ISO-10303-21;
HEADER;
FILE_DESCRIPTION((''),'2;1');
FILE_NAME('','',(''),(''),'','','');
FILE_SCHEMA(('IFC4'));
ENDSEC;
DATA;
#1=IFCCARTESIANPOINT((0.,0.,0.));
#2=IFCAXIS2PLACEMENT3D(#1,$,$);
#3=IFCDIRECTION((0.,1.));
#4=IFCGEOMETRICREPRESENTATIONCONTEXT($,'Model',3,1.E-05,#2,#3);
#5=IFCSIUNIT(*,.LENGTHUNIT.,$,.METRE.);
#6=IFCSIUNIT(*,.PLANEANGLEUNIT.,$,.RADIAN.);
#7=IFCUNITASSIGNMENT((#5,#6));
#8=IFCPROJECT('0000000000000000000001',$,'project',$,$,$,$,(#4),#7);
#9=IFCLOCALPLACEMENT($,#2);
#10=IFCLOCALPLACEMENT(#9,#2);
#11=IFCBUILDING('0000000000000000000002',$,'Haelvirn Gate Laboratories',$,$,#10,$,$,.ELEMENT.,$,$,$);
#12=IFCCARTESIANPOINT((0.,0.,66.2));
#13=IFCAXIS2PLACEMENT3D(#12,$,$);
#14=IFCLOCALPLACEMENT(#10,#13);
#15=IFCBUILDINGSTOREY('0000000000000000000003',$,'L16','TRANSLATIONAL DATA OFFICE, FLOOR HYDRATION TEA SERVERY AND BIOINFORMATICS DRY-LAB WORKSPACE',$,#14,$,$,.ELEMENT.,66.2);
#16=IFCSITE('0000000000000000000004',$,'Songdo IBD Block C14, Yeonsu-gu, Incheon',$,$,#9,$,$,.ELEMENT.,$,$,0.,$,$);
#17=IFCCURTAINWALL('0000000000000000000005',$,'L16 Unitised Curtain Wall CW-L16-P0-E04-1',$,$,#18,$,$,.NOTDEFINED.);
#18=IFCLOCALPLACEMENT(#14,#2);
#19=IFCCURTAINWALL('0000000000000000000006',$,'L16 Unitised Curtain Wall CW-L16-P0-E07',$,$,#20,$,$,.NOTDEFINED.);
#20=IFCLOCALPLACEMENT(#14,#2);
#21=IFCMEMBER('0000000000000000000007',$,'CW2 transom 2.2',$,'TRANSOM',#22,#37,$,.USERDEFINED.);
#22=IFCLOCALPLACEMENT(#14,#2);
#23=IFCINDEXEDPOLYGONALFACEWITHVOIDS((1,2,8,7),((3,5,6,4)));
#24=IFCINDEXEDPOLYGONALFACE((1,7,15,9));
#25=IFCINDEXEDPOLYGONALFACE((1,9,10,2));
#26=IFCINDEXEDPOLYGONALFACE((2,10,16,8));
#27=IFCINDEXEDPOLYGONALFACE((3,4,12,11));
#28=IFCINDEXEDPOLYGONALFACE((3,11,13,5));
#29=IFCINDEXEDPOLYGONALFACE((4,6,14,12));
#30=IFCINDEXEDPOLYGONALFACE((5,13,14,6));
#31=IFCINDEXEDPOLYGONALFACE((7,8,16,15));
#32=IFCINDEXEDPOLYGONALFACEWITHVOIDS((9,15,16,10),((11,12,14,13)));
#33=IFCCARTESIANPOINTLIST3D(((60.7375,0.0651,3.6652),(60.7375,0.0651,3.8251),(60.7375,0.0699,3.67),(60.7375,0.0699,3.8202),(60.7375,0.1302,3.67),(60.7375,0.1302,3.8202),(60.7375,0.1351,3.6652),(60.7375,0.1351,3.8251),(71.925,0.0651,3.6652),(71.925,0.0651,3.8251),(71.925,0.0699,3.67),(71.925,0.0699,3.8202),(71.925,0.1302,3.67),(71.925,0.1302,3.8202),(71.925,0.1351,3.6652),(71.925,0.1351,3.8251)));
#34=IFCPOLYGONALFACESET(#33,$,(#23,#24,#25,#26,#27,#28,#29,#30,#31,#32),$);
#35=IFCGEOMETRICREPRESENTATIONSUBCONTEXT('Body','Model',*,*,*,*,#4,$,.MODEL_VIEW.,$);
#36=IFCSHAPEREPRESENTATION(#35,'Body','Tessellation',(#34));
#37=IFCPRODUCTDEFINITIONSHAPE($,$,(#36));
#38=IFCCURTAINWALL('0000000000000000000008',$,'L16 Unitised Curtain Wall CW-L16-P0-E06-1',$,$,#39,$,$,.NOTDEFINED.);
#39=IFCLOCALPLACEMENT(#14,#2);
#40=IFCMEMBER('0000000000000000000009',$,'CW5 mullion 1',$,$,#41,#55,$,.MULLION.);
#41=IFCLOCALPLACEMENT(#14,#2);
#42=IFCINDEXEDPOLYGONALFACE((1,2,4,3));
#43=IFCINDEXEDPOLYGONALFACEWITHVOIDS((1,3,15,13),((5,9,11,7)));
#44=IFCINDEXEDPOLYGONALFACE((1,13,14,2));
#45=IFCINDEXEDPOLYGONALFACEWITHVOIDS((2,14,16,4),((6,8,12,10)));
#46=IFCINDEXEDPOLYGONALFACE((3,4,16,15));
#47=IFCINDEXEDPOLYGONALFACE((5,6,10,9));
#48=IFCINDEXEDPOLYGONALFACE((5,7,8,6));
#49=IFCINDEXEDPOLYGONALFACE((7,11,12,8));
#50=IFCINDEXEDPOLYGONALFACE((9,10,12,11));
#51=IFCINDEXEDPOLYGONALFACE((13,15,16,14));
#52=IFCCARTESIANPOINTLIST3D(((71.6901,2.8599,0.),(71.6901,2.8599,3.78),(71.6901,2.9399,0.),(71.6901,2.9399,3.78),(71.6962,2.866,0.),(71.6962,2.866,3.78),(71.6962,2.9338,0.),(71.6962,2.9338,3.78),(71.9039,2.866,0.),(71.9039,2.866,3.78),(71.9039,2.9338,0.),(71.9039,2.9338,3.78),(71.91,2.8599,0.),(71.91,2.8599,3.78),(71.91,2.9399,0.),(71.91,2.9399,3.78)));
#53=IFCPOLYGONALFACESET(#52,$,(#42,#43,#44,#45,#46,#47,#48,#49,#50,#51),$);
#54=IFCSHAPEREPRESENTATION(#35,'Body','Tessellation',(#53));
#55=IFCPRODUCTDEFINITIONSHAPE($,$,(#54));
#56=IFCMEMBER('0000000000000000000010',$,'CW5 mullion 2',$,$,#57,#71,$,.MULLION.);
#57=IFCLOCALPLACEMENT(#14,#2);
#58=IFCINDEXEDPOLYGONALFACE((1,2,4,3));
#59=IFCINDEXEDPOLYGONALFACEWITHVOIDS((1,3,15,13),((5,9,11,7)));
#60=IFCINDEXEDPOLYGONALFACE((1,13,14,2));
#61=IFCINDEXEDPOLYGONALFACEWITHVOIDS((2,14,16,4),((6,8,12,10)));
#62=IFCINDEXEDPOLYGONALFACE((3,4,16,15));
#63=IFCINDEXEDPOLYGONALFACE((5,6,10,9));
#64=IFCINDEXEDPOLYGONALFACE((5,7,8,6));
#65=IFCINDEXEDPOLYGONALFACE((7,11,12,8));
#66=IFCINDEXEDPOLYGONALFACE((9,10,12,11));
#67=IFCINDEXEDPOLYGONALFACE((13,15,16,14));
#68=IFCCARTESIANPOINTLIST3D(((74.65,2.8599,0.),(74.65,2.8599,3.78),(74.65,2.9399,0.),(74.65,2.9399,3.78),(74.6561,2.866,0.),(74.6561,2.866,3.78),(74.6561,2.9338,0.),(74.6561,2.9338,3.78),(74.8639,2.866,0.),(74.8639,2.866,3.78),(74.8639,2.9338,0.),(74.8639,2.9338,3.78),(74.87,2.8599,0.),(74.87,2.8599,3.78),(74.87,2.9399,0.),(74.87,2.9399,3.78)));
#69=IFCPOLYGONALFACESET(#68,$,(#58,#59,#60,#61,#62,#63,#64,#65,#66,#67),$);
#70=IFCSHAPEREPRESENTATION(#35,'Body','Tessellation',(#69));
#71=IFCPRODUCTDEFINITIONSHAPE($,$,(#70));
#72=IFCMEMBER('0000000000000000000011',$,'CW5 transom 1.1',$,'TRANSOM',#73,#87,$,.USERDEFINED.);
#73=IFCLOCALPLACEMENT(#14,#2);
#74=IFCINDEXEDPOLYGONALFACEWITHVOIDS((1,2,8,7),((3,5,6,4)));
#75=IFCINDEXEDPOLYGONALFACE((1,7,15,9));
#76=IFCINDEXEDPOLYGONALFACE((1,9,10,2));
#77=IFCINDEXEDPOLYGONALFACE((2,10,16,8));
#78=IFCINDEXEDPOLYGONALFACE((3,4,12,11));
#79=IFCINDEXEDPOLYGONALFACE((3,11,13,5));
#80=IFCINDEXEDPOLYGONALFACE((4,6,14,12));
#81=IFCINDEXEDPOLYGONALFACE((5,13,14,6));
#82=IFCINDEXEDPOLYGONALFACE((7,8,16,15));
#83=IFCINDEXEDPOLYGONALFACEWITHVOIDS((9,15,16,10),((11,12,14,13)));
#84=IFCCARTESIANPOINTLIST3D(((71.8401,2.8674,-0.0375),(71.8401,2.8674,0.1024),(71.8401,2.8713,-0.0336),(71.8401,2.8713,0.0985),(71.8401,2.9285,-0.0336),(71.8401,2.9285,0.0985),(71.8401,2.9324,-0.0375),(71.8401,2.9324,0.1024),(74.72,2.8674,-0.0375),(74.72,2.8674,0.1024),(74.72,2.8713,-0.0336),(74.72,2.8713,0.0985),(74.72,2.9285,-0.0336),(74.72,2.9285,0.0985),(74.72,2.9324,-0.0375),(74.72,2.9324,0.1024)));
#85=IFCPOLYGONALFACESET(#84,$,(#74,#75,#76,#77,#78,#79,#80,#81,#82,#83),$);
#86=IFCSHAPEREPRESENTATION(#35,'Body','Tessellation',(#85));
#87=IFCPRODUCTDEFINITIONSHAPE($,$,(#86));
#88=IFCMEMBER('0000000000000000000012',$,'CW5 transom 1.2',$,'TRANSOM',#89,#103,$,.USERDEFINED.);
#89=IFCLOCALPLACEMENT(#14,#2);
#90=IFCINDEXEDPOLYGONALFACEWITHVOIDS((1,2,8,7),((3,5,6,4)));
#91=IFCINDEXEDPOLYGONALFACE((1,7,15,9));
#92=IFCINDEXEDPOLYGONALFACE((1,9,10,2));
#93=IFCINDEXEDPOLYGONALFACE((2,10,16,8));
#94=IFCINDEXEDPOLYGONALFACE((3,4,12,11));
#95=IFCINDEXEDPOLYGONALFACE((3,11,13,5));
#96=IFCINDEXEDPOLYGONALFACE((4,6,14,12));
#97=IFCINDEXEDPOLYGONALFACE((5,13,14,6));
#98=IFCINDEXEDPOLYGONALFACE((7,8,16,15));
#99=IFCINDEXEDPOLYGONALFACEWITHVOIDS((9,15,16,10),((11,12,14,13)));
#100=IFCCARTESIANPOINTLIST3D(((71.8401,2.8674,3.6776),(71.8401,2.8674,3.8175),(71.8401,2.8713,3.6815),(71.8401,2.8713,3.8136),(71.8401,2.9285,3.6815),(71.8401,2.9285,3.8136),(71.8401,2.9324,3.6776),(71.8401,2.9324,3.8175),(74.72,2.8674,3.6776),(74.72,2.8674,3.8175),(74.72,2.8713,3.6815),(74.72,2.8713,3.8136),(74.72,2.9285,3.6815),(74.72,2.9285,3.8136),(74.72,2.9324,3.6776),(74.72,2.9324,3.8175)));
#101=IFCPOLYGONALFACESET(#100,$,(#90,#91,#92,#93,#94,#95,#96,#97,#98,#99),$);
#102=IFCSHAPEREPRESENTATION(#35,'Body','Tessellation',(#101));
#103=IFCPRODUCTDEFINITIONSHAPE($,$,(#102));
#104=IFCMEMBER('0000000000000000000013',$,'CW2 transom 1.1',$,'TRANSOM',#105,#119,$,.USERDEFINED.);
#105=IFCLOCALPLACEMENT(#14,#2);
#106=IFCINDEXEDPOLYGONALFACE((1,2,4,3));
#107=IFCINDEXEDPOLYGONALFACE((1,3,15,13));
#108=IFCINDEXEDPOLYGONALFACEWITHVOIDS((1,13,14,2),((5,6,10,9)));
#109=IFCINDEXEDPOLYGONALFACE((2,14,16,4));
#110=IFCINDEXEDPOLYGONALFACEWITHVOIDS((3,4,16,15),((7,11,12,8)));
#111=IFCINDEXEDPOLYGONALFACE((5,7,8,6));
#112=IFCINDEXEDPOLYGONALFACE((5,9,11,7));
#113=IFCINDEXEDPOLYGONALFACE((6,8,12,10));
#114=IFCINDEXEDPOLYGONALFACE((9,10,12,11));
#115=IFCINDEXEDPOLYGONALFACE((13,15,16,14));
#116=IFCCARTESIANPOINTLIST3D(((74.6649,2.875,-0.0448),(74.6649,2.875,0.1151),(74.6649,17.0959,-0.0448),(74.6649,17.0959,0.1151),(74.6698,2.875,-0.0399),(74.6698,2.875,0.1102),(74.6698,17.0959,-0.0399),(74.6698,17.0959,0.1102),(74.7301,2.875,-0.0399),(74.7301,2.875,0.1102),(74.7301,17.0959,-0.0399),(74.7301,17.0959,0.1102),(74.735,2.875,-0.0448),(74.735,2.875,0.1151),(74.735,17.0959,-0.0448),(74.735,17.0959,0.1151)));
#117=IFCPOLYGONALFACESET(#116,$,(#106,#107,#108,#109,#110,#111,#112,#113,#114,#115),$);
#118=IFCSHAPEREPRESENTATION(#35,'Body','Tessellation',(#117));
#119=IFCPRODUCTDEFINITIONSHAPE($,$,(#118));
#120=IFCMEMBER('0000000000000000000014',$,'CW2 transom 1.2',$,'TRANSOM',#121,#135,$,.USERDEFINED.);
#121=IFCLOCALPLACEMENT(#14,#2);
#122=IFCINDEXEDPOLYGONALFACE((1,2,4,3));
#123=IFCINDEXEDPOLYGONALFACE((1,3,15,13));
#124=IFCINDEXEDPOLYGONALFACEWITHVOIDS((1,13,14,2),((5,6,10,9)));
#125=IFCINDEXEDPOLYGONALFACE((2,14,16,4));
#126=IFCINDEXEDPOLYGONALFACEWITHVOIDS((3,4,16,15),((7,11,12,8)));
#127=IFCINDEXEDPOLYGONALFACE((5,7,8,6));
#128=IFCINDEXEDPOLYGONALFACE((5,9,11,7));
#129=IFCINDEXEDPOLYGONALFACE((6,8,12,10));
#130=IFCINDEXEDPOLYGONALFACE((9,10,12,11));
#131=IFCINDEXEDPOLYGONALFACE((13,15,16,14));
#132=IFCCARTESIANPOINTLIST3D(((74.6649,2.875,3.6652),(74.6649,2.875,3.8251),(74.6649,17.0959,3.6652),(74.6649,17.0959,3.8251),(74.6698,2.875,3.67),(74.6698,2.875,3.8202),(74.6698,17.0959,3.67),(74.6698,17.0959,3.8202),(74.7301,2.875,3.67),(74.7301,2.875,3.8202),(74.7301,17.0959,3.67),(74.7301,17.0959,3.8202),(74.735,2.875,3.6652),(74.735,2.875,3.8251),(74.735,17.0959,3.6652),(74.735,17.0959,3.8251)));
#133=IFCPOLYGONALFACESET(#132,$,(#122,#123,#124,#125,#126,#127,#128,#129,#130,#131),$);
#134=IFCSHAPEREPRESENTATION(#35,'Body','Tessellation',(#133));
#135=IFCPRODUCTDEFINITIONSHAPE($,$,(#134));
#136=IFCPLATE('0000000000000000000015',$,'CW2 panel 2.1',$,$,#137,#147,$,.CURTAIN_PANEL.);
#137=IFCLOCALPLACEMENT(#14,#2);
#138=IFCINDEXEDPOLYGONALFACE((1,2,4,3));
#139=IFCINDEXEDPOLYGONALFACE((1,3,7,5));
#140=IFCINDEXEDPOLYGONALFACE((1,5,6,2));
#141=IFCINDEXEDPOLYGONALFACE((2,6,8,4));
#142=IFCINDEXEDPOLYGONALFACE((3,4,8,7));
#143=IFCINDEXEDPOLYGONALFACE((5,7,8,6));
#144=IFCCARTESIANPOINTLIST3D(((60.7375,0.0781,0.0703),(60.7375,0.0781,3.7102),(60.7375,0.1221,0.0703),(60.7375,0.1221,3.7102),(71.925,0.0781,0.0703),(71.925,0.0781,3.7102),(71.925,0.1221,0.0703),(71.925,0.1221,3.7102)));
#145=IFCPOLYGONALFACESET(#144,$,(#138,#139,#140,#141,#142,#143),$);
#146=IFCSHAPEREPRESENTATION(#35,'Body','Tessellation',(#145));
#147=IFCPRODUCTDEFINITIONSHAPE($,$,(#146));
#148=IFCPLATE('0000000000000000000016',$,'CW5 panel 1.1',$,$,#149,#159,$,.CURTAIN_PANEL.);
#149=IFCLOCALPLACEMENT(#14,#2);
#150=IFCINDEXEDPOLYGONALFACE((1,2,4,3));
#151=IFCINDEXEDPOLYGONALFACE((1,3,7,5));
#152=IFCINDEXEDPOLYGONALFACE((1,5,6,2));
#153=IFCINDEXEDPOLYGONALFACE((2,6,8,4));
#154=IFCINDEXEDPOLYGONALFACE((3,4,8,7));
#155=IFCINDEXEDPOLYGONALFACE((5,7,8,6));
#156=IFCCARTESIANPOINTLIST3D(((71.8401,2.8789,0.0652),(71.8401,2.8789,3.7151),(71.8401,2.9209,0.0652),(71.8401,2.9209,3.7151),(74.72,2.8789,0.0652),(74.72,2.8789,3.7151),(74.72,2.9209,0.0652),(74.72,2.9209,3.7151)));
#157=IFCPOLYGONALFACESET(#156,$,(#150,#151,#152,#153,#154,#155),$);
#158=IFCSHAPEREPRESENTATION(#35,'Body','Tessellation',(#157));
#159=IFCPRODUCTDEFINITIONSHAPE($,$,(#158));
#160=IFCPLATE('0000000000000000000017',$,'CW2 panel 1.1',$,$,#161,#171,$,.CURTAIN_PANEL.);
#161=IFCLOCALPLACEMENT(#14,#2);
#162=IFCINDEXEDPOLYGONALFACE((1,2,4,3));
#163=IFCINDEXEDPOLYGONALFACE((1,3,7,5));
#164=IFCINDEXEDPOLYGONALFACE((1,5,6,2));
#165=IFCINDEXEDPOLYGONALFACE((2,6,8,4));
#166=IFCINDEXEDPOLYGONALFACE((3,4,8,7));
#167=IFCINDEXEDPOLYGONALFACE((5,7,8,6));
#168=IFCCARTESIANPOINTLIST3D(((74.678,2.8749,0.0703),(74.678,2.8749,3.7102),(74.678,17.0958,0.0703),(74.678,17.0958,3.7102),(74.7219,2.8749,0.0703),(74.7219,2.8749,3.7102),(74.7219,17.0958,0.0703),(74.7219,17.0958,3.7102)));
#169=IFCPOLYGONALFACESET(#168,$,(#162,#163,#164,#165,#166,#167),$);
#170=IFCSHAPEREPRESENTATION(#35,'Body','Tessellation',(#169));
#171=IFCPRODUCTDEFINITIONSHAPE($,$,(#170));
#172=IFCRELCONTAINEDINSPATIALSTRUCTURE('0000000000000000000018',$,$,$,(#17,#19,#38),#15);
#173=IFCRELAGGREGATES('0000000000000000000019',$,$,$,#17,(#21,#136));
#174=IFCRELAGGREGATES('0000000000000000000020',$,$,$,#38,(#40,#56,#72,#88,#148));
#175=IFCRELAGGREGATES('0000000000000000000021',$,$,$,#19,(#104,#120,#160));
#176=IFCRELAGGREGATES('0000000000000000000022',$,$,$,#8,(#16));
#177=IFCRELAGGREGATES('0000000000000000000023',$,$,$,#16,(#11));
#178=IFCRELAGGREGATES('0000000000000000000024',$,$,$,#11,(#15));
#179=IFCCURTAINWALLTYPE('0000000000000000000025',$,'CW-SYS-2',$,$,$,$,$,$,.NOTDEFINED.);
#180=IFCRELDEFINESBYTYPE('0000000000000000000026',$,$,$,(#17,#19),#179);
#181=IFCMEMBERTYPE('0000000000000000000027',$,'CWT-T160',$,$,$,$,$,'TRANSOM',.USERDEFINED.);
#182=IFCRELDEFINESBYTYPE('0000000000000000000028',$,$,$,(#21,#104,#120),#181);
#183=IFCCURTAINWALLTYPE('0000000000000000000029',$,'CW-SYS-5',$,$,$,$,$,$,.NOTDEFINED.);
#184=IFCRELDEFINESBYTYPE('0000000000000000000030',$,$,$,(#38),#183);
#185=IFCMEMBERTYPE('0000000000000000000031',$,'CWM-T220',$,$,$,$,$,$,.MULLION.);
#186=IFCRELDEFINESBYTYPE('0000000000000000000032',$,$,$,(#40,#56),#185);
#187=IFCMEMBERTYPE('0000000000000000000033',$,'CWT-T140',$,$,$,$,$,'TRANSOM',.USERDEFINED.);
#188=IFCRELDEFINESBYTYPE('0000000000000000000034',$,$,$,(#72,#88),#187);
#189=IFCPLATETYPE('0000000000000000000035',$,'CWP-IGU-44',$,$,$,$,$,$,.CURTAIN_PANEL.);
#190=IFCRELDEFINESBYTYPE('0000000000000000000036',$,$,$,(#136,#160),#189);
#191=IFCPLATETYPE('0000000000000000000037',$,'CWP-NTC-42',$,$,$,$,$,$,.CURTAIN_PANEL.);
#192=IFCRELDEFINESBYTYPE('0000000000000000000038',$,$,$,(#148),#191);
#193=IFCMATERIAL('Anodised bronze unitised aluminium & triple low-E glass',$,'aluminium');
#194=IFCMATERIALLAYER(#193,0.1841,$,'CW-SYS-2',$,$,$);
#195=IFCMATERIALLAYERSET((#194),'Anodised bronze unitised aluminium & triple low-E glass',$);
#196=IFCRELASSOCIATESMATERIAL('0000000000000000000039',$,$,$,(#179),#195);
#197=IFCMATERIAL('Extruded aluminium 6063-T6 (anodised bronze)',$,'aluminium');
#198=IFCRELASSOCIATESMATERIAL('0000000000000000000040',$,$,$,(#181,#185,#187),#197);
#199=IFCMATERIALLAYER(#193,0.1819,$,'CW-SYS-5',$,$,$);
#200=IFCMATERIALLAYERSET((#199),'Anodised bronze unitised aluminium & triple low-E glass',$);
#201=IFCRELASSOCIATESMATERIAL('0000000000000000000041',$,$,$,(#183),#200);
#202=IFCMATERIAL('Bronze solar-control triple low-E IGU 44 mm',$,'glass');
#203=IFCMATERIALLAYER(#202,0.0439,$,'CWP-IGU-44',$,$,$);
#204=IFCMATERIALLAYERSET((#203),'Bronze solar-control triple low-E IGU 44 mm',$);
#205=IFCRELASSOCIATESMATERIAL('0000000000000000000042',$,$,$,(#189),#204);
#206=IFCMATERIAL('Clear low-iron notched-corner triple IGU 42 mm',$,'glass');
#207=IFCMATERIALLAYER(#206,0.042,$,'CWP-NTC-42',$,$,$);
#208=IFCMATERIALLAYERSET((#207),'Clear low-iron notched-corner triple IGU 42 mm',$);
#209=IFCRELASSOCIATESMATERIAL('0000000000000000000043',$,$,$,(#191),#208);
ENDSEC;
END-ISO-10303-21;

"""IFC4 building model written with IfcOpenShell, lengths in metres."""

from ifc_helpers import new_model, si_unit, direction, frame, origin, origin_2d, place, context, subcontext, project, spatial, rectangle, hollow_rectangle, extrude, source, transform, mapped, material, layer, layer_set, material_profile, profile_set, type_object, type_shapes, element, aggregate, save


model = new_model("IFC4")

# Units and contexts
model_context = context("Model", 3, precision=1e-05, world=origin(), true_north=direction((0.0, 1.0)))
body_context = subcontext(model_context, "Body", "Model", "MODEL_VIEW")
ifc_project = project(units=[si_unit("LENGTHUNIT", "METRE"), si_unit("PLANEANGLEUNIT", "RADIAN")], contexts=[model_context])

# Site, building, storey
site_placement = place(None, origin())
site = spatial("IfcSite", under=ifc_project, at=site_placement, Name="Songdo IBD Block C14, Yeonsu-gu, Incheon", CompositionType="ELEMENT", RefElevation=0.0)
building_placement = place(site_placement, origin())
building = spatial("IfcBuilding", under=site, at=building_placement, Name="Haelvirn Gate Laboratories", CompositionType="ELEMENT")
storey_placement = place(building_placement, frame((0.0, 0.0, 66.2)))
storey = spatial("IfcBuildingStorey", under=building, at=storey_placement, Name="L16", Description="TRANSLATIONAL DATA OFFICE, FLOOR HYDRATION TEA SERVERY AND BIOINFORMATICS DRY-LAB WORKSPACE", CompositionType="ELEMENT", Elevation=66.2)

# Curtain wall
ifc_material_1 = material(Name="Anodised bronze unitised aluminium & triple low-E glass", Category="aluminium")
ifc_layer_1 = layer(ifc_material_1, 0.1841, Name="CW-SYS-2")
ifc_layer_set_1 = layer_set([ifc_layer_1], Name="Anodised bronze unitised aluminium & triple low-E glass")
curtain_wall_type_1 = type_object("IfcCurtainWallType", Name="CW-SYS-2", PredefinedType="NOTDEFINED", material=ifc_layer_set_1)
curtain_wall_1_placement = place(storey_placement, origin())
curtain_wall_1 = element("IfcCurtainWall", 1, at=curtain_wall_1_placement, inside=storey, type_object=curtain_wall_type_1, Name="L16 Unitised Curtain Wall CW-L16-P0-E04-1", PredefinedType="NOTDEFINED")
ifc_material_2 = material(Name="Extruded aluminium 6063-T6 (anodised bronze)", Category="aluminium")

# Curtain wall
curtain_wall_2_placement = place(storey_placement, origin())
curtain_wall_2 = element("IfcCurtainWall", 2, at=curtain_wall_2_placement, inside=storey, type_object=curtain_wall_type_1, Name="L16 Unitised Curtain Wall CW-L16-P0-E07", PredefinedType="NOTDEFINED")

# Member
ifc_material_profile_1 = material_profile(ifc_material_2, hollow_rectangle(XDim=0.0701, YDim=0.1599, WallThickness=0.0049, at=origin_2d()), Name="CWT-160x70x5")
ifc_profile_set_1 = profile_set([ifc_material_profile_1], Name="Extruded aluminium 6063-T6 (anodised bronze)")
member_type_1 = type_object("IfcMemberType", Name="CWT-T160", ElementType="TRANSOM", PredefinedType="USERDEFINED", material=ifc_profile_set_1)
shared_shape_1 = source(origin(), body_context, "Body", "SweptSolid", [
    extrude(hollow_rectangle(XDim=0.0701, YDim=0.1599, WallThickness=0.0049, at=origin_2d()), origin(), (0.0, 0.0, 1.0), 11.1875),
])
member_1_placement = place(storey_placement, frame((60.7375, 0.1001, 3.7451), z_axis=(1.0, 0.0, 0.0), x_axis=(0.0, 1.0, 0.0)))
member_1 = element("IfcMember", 3, at=member_1_placement, type_object=member_type_1, Name="CW2 transom 2.2", ObjectType="TRANSOM", PredefinedType="USERDEFINED", context=body_context, shape_type="MappedRepresentation", body=[
    mapped(shared_shape_1, transform((0.0, 0.0, 0.0), scale=1.0)),
])

# Curtain wall, members
ifc_layer_2 = layer(ifc_material_1, 0.1819, Name="CW-SYS-5")
ifc_layer_set_2 = layer_set([ifc_layer_2], Name="Anodised bronze unitised aluminium & triple low-E glass")
curtain_wall_type_2 = type_object("IfcCurtainWallType", Name="CW-SYS-5", PredefinedType="NOTDEFINED", material=ifc_layer_set_2)
curtain_wall_3_placement = place(storey_placement, origin())
curtain_wall_3 = element("IfcCurtainWall", 4, at=curtain_wall_3_placement, inside=storey, type_object=curtain_wall_type_2, Name="L16 Unitised Curtain Wall CW-L16-P0-E06-1", PredefinedType="NOTDEFINED")
ifc_material_profile_2 = material_profile(ifc_material_2, hollow_rectangle(XDim=0.0801, YDim=0.22, WallThickness=0.0061, at=origin_2d()), Name="CWM-220x80x6")
ifc_profile_set_2 = profile_set([ifc_material_profile_2], Name="Extruded aluminium 6063-T6 (anodised bronze)")
member_type_2 = type_object("IfcMemberType", Name="CWM-T220", PredefinedType="MULLION", material=ifc_profile_set_2)
shared_shape_2 = source(origin(), body_context, "Body", "SweptSolid", [
    extrude(hollow_rectangle(XDim=0.0801, YDim=0.22, WallThickness=0.0061, at=origin_2d()), origin(), (0.0, 0.0, 1.0), 3.78),
])
type_shapes(member_type_2, [shared_shape_2])
member_2_placement = place(storey_placement, frame((71.8, 2.8999, 0.0), z_axis=(0.0, 0.0, 1.0), x_axis=(0.0, 1.0, 0.0)))
member_2 = element("IfcMember", 5, at=member_2_placement, type_object=member_type_2, Name="CW5 mullion 1", PredefinedType="MULLION", context=body_context, shape_type="MappedRepresentation", body=[
    mapped(shared_shape_2, transform((0.0, 0.0, 0.0), scale=1.0)),
])
member_3_placement = place(storey_placement, frame((74.76, 2.8999, 0.0), z_axis=(0.0, 0.0, 1.0), x_axis=(0.0, 1.0, 0.0)))
member_3 = element("IfcMember", 6, at=member_3_placement, type_object=member_type_2, Name="CW5 mullion 2", PredefinedType="MULLION", context=body_context, shape_type="MappedRepresentation", body=[
    mapped(shared_shape_2, transform((0.0, 0.0, 0.0), scale=1.0)),
])
ifc_material_profile_3 = material_profile(ifc_material_2, hollow_rectangle(XDim=0.0649, YDim=0.1399, WallThickness=0.0039, at=origin_2d()), Name="CWT-140x65x4")
ifc_profile_set_3 = profile_set([ifc_material_profile_3], Name="Extruded aluminium 6063-T6 (anodised bronze)")
member_type_3 = type_object("IfcMemberType", Name="CWT-T140", ElementType="TRANSOM", PredefinedType="USERDEFINED", material=ifc_profile_set_3)
shared_shape_3 = source(origin(), body_context, "Body", "SweptSolid", [
    extrude(hollow_rectangle(XDim=0.0649, YDim=0.1399, WallThickness=0.0039, at=origin_2d()), origin(), (0.0, 0.0, 1.0), 2.8799),
])
type_shapes(member_type_3, [shared_shape_3])
member_4_placement = place(storey_placement, frame((71.8401, 2.8999, 0.0325), z_axis=(1.0, 0.0, 0.0), x_axis=(0.0, 1.0, 0.0)))
member_4 = element("IfcMember", 7, at=member_4_placement, type_object=member_type_3, Name="CW5 transom 1.1", ObjectType="TRANSOM", PredefinedType="USERDEFINED", context=body_context, shape_type="MappedRepresentation", body=[
    mapped(shared_shape_3, transform((0.0, 0.0, 0.0), scale=1.0)),
])
member_5_placement = place(storey_placement, frame((71.8401, 2.8999, 3.7476), z_axis=(1.0, 0.0, 0.0), x_axis=(0.0, 1.0, 0.0)))
member_5 = element("IfcMember", 8, at=member_5_placement, type_object=member_type_3, Name="CW5 transom 1.2", ObjectType="TRANSOM", PredefinedType="USERDEFINED", context=body_context, shape_type="MappedRepresentation", body=[
    mapped(shared_shape_3, transform((0.0, 0.0, 0.0), scale=1.0)),
])

# Members
shared_shape_4 = source(origin(), body_context, "Body", "SweptSolid", [
    extrude(hollow_rectangle(XDim=0.0701, YDim=0.1599, WallThickness=0.0049, at=origin_2d()), origin(), (0.0, 0.0, 1.0), 14.2209),
])
type_shapes(member_type_1, [shared_shape_1, shared_shape_4])
member_6_placement = place(storey_placement, frame((74.7, 2.875, 0.0352), z_axis=(0.0, 1.0, 0.0), x_axis=(-1.0, 0.0, 0.0)))
member_6 = element("IfcMember", 9, at=member_6_placement, type_object=member_type_1, Name="CW2 transom 1.1", ObjectType="TRANSOM", PredefinedType="USERDEFINED", context=body_context, shape_type="MappedRepresentation", body=[
    mapped(shared_shape_4, transform((0.0, 0.0, 0.0), scale=1.0)),
])
member_7_placement = place(storey_placement, frame((74.7, 2.875, 3.7451), z_axis=(0.0, 1.0, 0.0), x_axis=(-1.0, 0.0, 0.0)))
member_7 = element("IfcMember", 10, at=member_7_placement, type_object=member_type_1, Name="CW2 transom 1.2", ObjectType="TRANSOM", PredefinedType="USERDEFINED", context=body_context, shape_type="MappedRepresentation", body=[
    mapped(shared_shape_4, transform((0.0, 0.0, 0.0), scale=1.0)),
])

# Plates
ifc_material_3 = material(Name="Bronze solar-control triple low-E IGU 44 mm", Category="glass")
ifc_layer_3 = layer(ifc_material_3, 0.0439, Name="CWP-IGU-44")
ifc_layer_set_3 = layer_set([ifc_layer_3], Name="Bronze solar-control triple low-E IGU 44 mm")
plate_type_1 = type_object("IfcPlateType", Name="CWP-IGU-44", PredefinedType="CURTAIN_PANEL", material=ifc_layer_set_3)
shared_shape_5 = source(origin(), body_context, "Body", "SweptSolid", [
    extrude(rectangle(XDim=11.1875, YDim=0.0439, at=origin_2d()), origin(), (0.0, 0.0, 1.0), 3.6399),
])
plate_1_placement = place(storey_placement, frame((66.3313, 0.1001, 0.0703), z_axis=(0.0, 0.0, 1.0), x_axis=(1.0, 0.0, 0.0)))
plate_1 = element("IfcPlate", 11, at=plate_1_placement, type_object=plate_type_1, Name="CW2 panel 2.1", PredefinedType="CURTAIN_PANEL", context=body_context, shape_type="MappedRepresentation", body=[
    mapped(shared_shape_5, transform((0.0, 0.0, 0.0), scale=1.0)),
])
aggregate(curtain_wall_1, [member_1, plate_1])
ifc_material_4 = material(Name="Clear low-iron notched-corner triple IGU 42 mm", Category="glass")
ifc_layer_4 = layer(ifc_material_4, 0.042, Name="CWP-NTC-42")
ifc_layer_set_4 = layer_set([ifc_layer_4], Name="Clear low-iron notched-corner triple IGU 42 mm")
plate_type_2 = type_object("IfcPlateType", Name="CWP-NTC-42", PredefinedType="CURTAIN_PANEL", material=ifc_layer_set_4)
shared_shape_6 = source(origin(), body_context, "Body", "SweptSolid", [
    extrude(rectangle(XDim=2.8799, YDim=0.042, at=origin_2d()), origin(), (0.0, 0.0, 1.0), 3.6499),
])
type_shapes(plate_type_2, [shared_shape_6])
plate_2_placement = place(storey_placement, frame((73.28, 2.8999, 0.0652), z_axis=(0.0, 0.0, 1.0), x_axis=(1.0, 0.0, 0.0)))
plate_2 = element("IfcPlate", 12, at=plate_2_placement, type_object=plate_type_2, Name="CW5 panel 1.1", PredefinedType="CURTAIN_PANEL", context=body_context, shape_type="MappedRepresentation", body=[
    mapped(shared_shape_6, transform((0.0, 0.0, 0.0), scale=1.0)),
])
aggregate(curtain_wall_3, [member_2, member_3, member_4, member_5, plate_2])
shared_shape_7 = source(origin(), body_context, "Body", "SweptSolid", [
    extrude(rectangle(XDim=14.2209, YDim=0.0439, at=origin_2d()), origin(), (0.0, 0.0, 1.0), 3.6399),
])
type_shapes(plate_type_1, [shared_shape_5, shared_shape_7])
plate_3_placement = place(storey_placement, frame((74.7, 9.9854, 0.0703), z_axis=(0.0, 0.0, 1.0), x_axis=(0.0, 1.0, 0.0)))
plate_3 = element("IfcPlate", 13, at=plate_3_placement, type_object=plate_type_1, Name="CW2 panel 1.1", PredefinedType="CURTAIN_PANEL", context=body_context, shape_type="MappedRepresentation", body=[
    mapped(shared_shape_7, transform((0.0, 0.0, 0.0), scale=1.0)),
])
aggregate(curtain_wall_2, [member_6, member_7, plate_3])

save(model, "model.ifc")
